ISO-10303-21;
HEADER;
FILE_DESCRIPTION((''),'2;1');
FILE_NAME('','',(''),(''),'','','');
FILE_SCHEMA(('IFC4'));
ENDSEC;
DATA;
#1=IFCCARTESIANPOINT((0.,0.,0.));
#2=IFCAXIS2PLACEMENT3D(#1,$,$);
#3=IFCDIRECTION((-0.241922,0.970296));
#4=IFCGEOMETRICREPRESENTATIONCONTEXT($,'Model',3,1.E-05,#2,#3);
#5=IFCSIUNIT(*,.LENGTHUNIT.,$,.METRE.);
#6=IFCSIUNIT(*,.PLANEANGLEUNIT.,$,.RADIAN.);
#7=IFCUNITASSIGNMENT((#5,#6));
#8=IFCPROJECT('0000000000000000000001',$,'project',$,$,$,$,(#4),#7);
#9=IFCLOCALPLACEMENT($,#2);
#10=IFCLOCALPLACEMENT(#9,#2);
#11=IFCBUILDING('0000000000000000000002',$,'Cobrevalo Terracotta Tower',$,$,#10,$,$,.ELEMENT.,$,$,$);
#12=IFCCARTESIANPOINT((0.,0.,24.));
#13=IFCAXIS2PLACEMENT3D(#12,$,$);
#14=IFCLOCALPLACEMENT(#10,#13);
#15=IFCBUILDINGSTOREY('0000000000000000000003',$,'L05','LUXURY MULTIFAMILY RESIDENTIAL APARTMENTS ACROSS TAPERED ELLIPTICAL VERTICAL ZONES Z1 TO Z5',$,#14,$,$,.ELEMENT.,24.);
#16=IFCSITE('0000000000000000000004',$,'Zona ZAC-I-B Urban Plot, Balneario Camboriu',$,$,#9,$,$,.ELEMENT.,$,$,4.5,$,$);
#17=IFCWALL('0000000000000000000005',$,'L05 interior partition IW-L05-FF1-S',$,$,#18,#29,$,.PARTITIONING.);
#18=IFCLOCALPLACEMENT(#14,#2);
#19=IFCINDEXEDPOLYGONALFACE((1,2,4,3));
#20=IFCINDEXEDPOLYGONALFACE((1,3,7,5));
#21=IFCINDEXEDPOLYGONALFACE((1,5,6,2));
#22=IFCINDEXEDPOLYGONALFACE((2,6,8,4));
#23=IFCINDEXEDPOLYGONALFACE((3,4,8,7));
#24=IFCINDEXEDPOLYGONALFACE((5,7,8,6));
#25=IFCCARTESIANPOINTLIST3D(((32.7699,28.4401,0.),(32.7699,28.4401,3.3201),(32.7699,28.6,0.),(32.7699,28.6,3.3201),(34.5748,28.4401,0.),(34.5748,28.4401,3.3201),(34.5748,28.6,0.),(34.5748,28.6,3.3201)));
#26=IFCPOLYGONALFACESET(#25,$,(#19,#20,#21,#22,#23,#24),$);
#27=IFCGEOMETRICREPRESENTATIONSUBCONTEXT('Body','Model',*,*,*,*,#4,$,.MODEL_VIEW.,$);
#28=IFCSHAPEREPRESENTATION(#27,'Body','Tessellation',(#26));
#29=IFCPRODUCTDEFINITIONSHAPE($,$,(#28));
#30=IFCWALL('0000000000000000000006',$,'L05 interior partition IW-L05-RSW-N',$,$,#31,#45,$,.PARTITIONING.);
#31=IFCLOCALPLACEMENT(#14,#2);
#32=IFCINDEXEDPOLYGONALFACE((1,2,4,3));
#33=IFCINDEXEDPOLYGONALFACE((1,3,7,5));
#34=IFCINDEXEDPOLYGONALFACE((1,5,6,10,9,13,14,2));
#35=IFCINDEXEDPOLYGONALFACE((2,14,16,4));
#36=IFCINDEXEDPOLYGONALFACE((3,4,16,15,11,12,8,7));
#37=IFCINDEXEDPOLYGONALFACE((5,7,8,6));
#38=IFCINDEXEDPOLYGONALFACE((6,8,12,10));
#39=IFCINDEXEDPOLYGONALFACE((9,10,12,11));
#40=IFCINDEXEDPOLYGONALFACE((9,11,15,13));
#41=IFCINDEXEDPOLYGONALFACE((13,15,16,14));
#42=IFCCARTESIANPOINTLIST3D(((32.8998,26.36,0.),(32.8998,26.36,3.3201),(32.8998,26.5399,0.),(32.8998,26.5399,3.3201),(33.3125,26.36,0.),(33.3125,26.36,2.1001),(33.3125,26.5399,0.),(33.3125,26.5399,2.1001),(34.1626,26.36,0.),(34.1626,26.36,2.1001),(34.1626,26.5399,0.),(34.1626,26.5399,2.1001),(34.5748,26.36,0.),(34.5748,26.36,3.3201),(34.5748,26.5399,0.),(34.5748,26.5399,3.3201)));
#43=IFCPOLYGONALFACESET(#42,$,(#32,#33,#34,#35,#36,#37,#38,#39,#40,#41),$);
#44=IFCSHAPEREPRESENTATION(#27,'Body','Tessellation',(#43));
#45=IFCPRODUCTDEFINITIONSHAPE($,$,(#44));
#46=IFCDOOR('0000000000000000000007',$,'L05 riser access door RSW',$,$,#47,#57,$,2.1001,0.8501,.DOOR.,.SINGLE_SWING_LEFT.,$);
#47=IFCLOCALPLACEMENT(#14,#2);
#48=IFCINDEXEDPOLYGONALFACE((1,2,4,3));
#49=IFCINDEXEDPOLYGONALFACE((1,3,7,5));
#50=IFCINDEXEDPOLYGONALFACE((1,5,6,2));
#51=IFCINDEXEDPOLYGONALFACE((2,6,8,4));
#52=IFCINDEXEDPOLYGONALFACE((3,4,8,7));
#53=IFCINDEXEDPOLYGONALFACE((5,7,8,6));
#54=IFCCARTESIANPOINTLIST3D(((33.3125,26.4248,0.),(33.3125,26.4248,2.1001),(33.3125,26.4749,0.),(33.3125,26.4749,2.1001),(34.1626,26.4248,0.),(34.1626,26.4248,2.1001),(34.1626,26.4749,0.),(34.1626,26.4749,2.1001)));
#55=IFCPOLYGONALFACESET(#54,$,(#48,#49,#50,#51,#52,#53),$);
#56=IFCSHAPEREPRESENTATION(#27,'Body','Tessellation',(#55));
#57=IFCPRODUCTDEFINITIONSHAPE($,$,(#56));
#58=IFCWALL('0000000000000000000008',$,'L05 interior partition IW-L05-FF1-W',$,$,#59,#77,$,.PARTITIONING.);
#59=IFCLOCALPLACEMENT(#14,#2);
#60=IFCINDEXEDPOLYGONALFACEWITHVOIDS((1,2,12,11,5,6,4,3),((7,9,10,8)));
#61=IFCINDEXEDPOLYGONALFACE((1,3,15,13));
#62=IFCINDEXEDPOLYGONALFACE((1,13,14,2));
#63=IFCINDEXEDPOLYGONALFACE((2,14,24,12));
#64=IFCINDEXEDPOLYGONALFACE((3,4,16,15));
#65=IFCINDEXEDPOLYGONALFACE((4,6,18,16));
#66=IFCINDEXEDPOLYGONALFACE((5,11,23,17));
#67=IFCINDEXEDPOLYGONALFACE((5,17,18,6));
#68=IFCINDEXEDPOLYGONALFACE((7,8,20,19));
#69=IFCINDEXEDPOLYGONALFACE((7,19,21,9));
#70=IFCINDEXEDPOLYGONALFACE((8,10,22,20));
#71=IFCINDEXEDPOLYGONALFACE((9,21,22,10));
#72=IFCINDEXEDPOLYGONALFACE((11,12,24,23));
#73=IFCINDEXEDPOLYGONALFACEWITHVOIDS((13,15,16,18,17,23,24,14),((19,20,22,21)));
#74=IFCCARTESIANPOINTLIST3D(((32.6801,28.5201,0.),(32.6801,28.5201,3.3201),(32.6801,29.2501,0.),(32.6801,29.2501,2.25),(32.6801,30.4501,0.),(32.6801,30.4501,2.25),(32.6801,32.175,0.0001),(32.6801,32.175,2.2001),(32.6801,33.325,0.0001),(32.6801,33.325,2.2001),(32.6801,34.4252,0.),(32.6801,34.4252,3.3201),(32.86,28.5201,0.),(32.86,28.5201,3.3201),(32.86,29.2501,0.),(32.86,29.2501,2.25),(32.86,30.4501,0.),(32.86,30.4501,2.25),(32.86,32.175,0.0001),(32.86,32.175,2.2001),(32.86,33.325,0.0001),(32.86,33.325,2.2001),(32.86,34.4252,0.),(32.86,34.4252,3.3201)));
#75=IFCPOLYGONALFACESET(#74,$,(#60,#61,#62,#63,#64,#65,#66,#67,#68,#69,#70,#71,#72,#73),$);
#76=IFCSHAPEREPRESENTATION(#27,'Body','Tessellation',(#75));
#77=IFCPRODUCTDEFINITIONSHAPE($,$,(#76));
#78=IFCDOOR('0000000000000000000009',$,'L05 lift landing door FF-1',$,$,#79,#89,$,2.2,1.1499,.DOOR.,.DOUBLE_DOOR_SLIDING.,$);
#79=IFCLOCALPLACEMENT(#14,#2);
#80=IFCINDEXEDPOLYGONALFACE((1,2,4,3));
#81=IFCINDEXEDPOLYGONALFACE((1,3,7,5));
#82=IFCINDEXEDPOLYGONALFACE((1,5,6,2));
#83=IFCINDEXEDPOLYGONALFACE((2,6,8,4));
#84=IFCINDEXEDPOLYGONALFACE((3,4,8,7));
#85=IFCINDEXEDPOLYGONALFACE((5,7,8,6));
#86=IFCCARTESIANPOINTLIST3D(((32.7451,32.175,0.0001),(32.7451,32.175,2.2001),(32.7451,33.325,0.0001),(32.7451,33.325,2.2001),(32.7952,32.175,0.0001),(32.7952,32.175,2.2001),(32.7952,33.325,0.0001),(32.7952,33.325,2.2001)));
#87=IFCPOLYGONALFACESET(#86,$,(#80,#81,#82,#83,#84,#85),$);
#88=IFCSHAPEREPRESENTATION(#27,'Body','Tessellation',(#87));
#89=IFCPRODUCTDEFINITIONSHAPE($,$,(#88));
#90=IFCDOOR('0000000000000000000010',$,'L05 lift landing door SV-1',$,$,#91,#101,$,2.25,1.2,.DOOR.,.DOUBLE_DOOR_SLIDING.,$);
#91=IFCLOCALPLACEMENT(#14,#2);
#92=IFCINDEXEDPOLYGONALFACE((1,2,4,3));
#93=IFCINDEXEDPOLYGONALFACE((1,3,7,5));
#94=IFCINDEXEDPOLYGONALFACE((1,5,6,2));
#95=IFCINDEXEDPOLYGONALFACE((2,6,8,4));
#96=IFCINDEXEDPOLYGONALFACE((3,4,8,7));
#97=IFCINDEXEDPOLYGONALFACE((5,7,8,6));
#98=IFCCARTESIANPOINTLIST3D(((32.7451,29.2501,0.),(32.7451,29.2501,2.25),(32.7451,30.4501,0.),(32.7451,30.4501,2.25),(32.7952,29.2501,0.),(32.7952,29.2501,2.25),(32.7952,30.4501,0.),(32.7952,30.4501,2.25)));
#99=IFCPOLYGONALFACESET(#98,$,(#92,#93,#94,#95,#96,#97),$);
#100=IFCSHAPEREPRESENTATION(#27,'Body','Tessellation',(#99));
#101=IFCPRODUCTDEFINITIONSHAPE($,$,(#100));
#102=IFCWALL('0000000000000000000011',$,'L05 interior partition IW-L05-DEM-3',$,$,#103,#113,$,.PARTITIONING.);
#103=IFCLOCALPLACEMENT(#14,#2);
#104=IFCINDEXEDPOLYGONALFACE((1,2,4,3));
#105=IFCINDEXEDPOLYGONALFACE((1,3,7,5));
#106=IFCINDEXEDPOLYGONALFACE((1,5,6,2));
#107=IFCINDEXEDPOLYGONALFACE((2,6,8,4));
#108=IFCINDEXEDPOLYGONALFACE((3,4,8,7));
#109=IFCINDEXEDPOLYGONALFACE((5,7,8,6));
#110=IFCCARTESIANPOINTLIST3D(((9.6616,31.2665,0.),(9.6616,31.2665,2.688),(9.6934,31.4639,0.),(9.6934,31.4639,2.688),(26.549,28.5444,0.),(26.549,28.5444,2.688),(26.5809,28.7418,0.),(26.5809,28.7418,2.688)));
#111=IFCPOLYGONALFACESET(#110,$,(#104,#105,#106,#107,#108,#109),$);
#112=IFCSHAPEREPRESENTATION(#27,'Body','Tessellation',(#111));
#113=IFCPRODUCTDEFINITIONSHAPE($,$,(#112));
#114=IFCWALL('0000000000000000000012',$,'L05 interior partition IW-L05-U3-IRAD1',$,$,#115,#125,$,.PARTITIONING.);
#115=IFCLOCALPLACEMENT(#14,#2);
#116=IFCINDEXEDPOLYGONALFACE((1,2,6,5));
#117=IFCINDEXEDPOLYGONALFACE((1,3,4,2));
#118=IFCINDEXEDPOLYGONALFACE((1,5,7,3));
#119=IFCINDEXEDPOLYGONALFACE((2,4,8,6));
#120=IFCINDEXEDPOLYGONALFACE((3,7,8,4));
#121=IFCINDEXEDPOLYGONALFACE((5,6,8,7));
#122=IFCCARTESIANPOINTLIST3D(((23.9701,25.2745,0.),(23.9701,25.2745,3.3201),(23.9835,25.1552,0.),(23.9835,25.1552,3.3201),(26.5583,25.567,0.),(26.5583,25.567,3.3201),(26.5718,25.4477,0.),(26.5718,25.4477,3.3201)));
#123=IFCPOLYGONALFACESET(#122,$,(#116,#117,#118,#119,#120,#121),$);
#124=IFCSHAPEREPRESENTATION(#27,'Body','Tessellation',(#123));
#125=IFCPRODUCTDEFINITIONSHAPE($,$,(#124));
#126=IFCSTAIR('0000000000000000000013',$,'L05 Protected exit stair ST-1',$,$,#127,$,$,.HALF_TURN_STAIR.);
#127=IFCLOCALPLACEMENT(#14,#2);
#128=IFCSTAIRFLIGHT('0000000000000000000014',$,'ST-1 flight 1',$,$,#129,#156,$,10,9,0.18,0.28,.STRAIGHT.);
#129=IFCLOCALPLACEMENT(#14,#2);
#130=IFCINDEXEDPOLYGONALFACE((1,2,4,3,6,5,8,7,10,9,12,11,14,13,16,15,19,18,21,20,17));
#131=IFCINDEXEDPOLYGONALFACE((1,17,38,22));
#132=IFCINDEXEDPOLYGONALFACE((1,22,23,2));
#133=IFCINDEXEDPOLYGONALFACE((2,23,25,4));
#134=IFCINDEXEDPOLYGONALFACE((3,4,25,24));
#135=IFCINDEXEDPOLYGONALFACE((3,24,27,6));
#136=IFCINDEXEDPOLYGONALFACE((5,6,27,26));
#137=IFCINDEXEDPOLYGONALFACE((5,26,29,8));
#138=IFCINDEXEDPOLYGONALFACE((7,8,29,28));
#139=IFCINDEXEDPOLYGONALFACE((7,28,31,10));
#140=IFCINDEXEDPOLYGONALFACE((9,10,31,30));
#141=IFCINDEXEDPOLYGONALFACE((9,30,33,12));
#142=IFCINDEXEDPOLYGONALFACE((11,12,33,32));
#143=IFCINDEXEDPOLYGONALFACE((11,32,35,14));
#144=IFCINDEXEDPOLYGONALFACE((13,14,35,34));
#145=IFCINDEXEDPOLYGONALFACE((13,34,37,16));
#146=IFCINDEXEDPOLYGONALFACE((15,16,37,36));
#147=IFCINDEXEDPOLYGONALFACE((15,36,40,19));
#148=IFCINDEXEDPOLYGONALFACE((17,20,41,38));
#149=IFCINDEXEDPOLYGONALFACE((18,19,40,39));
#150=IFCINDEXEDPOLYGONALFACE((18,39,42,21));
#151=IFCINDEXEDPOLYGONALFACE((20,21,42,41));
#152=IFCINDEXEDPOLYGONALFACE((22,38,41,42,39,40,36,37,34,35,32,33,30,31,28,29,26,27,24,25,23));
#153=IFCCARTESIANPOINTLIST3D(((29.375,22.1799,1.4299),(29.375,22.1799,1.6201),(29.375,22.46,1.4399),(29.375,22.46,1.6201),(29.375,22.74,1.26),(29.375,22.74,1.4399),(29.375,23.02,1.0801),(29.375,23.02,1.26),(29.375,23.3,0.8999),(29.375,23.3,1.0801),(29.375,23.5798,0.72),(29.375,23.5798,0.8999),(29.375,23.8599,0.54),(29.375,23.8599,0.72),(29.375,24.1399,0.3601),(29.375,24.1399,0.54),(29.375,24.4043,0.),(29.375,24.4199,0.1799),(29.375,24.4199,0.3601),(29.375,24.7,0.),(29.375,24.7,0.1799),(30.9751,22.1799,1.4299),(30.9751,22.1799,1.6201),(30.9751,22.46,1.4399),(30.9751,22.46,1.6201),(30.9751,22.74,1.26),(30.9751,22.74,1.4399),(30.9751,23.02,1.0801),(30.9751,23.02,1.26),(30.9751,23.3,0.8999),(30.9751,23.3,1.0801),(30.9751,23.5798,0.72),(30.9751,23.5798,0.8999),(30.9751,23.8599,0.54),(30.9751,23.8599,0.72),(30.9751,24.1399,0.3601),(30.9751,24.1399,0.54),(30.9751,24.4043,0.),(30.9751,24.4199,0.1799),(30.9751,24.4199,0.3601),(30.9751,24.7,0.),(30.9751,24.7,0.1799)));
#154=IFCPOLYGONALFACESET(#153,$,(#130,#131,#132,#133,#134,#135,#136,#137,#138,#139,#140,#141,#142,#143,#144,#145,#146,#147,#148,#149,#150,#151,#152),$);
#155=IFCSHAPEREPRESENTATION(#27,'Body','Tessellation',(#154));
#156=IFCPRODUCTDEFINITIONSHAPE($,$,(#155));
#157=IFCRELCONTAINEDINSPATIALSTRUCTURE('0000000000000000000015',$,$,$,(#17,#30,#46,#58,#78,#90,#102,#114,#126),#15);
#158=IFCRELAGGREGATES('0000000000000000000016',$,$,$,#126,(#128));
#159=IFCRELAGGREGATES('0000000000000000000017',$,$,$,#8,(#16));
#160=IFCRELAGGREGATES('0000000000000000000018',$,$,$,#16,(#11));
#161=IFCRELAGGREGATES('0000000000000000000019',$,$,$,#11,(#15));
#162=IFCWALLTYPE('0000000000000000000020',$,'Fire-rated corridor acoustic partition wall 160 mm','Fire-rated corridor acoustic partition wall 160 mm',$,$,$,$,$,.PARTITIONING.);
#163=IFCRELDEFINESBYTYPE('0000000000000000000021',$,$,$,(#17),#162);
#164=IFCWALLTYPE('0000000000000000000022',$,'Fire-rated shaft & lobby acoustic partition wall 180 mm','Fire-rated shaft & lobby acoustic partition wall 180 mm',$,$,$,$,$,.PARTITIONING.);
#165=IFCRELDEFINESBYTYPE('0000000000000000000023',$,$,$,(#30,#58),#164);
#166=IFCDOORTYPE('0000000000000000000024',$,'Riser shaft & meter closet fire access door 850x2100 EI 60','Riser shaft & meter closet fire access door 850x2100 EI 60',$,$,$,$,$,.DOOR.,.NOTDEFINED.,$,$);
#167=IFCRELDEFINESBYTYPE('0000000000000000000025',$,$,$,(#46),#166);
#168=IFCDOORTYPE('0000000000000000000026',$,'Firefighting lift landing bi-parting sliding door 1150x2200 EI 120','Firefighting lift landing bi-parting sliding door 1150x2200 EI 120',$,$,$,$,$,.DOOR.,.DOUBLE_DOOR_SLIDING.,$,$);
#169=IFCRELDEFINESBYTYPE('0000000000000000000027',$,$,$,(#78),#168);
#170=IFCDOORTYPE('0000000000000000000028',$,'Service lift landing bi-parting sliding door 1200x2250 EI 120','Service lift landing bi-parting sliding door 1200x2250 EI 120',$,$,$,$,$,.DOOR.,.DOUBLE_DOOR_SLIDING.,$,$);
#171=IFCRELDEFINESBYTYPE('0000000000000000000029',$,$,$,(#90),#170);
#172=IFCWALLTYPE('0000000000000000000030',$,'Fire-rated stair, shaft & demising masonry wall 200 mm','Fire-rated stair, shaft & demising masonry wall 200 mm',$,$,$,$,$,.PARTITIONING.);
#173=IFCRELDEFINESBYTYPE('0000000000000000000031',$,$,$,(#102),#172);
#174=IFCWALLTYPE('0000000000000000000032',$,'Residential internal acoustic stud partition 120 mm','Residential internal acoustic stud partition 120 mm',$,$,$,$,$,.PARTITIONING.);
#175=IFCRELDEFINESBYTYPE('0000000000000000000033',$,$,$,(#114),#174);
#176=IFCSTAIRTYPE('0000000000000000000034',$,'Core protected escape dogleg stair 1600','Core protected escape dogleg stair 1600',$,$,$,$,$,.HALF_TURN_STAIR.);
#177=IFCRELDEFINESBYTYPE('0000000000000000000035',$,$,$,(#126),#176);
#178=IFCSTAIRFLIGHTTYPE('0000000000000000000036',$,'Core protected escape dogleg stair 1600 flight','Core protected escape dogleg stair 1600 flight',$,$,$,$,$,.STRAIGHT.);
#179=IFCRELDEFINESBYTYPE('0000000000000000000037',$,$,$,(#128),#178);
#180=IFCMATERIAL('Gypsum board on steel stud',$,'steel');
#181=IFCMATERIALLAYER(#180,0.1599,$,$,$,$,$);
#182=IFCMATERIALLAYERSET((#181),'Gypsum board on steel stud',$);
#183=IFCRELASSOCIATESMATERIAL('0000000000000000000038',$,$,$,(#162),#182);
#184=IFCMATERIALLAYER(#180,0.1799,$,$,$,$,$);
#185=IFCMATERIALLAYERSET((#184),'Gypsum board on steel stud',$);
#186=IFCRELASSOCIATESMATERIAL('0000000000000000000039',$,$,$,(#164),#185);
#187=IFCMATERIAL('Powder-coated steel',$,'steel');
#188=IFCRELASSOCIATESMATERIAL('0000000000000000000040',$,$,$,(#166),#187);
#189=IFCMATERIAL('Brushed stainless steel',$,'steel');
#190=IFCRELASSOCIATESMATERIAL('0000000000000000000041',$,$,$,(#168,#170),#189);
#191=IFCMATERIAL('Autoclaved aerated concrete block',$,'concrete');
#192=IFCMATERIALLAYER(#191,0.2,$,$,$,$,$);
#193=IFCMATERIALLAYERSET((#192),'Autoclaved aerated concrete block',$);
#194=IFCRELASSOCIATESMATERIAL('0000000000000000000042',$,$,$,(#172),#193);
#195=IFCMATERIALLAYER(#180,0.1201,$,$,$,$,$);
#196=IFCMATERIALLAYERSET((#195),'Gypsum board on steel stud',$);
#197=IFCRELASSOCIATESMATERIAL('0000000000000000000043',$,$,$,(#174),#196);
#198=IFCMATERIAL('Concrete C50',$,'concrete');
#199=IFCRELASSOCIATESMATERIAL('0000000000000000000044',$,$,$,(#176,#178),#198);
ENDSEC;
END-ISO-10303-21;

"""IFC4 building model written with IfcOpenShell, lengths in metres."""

from ifc_helpers import new_model, si_unit, direction, frame, frame_2d, origin, place, context, subcontext, project, spatial, polyline, rectangle, outline, extrude, source, transform, mapped, material, layer, layer_set, type_object, element, fill, aggregate, save


model = new_model("IFC4")

# Units and contexts
model_context = context("Model", 3, precision=1e-05, world=origin(), true_north=direction((-0.241922, 0.970296)))
body_context = subcontext(model_context, "Body", "Model", "MODEL_VIEW")
ifc_project = project(units=[si_unit("LENGTHUNIT", "METRE"), si_unit("PLANEANGLEUNIT", "RADIAN")], contexts=[model_context])

# Site, building, storey
site_placement = place(None, origin())
site = spatial("IfcSite", under=ifc_project, at=site_placement, Name="Zona ZAC-I-B Urban Plot, Balneario Camboriu", CompositionType="ELEMENT", RefElevation=4.5)
building_placement = place(site_placement, origin())
building = spatial("IfcBuilding", under=site, at=building_placement, Name="Cobrevalo Terracotta Tower", CompositionType="ELEMENT")
storey_placement = place(building_placement, frame((0.0, 0.0, 24.0)))
storey = spatial("IfcBuildingStorey", under=building, at=storey_placement, Name="L05", Description="LUXURY MULTIFAMILY RESIDENTIAL APARTMENTS ACROSS TAPERED ELLIPTICAL VERTICAL ZONES Z1 TO Z5", CompositionType="ELEMENT", Elevation=24.0)

# Wall
ifc_material_1 = material(Name="Gypsum board on steel stud", Category="steel")
ifc_layer_1 = layer(ifc_material_1, 0.1599)
ifc_layer_set_1 = layer_set([ifc_layer_1], Name="Gypsum board on steel stud")
wall_type_1 = type_object("IfcWallType", Name="Fire-rated corridor acoustic partition wall 160 mm", Description="Fire-rated corridor acoustic partition wall 160 mm", PredefinedType="PARTITIONING", material=ifc_layer_set_1)
wall_1_placement = place(storey_placement, frame((32.77, 28.52, 0.0), z_axis=(0.0, 0.0, 1.0), x_axis=(1.0, 0.0, 0.0)))
element("IfcWall", 1, at=wall_1_placement, inside=storey, type_object=wall_type_1, Name="L05 interior partition IW-L05-FF1-S", PredefinedType="PARTITIONING", context=body_context, shape_type="SweptSolid", body=[
    extrude(rectangle(XDim=1.8049, YDim=0.1599, at=frame_2d((0.9023, 0.0))), origin(), (0.0, 0.0, 1.0), 3.3201),
])

# Wall, opening, door
ifc_layer_2 = layer(ifc_material_1, 0.1799)
ifc_layer_set_2 = layer_set([ifc_layer_2], Name="Gypsum board on steel stud")
wall_type_2 = type_object("IfcWallType", Name="Fire-rated shaft & lobby acoustic partition wall 180 mm", Description="Fire-rated shaft & lobby acoustic partition wall 180 mm", PredefinedType="PARTITIONING", material=ifc_layer_set_2)
wall_2_placement = place(storey_placement, frame((32.8999, 26.45, 0.0), z_axis=(0.0, 0.0, 1.0), x_axis=(1.0, 0.0, 0.0)))
wall_2 = element("IfcWall", 2, at=wall_2_placement, inside=storey, type_object=wall_type_2, Name="L05 interior partition IW-L05-RSW-N", PredefinedType="PARTITIONING", context=body_context, shape_type="SweptSolid", body=[
    extrude(rectangle(XDim=1.675, YDim=0.1799, at=frame_2d((0.8374, 0.0))), origin(), (0.0, 0.0, 1.0), 3.3201),
])
opening_1_placement = place(wall_2_placement, frame((0.4126, 0.0, 0.0)))
opening_1 = element("IfcOpeningElement", 3, at=opening_1_placement, cuts=wall_2, PredefinedType="OPENING", context=body_context, shape_type="SweptSolid", body=[
    extrude(rectangle(XDim=0.8501, YDim=2.1001, at=frame_2d((0.425, 1.05))), frame((0.0, 0.1001, 0.0), z_axis=(0.0, -1.0, 0.0), x_axis=(1.0, 0.0, 0.0)), (0.0, 0.0, 1.0), 0.2),
])
ifc_material_2 = material(Name="Powder-coated steel", Category="steel")
door_type_1 = type_object("IfcDoorType", Name="Riser shaft & meter closet fire access door 850x2100 EI 60", Description="Riser shaft & meter closet fire access door 850x2100 EI 60", OperationType="NOTDEFINED", PredefinedType="DOOR", material=ifc_material_2)
shared_shape_1 = source(origin(), body_context, "Body", "SweptSolid", [
    extrude(rectangle(XDim=0.8501, YDim=2.1001, at=frame_2d((0.425, 1.05))), frame((0.0, 0.0249, 0.0), z_axis=(0.0, -1.0, 0.0), x_axis=(1.0, 0.0, 0.0)), (0.0, 0.0, 1.0), 0.05),
])
door_1_placement = place(opening_1_placement, origin())
door_1 = element("IfcDoor", 4, at=door_1_placement, inside=storey, type_object=door_type_1, Name="L05 riser access door RSW", OperationType="SINGLE_SWING_LEFT", OverallHeight=2.1001, OverallWidth=0.8501, PredefinedType="DOOR", context=body_context, shape_type="MappedRepresentation", body=[
    mapped(shared_shape_1, transform((0.0, 0.0, 0.0), scale=1.0)),
])
fill(opening_1, door_1)

# Wall, openings, doors
wall_3_placement = place(storey_placement, frame((32.77, 28.52, 0.0), z_axis=(0.0, 0.0, 1.0), x_axis=(0.0, 1.0, 0.0)))
wall_3 = element("IfcWall", 5, at=wall_3_placement, inside=storey, type_object=wall_type_2, Name="L05 interior partition IW-L05-FF1-W", PredefinedType="PARTITIONING", context=body_context, shape_type="SweptSolid", body=[
    extrude(rectangle(XDim=5.905, YDim=0.1799, at=frame_2d((2.9526, 0.0))), origin(), (0.0, 0.0, 1.0), 3.3201),
])
opening_2_placement = place(wall_3_placement, frame((3.655, 0.0, 0.0)))
opening_2 = element("IfcOpeningElement", 6, at=opening_2_placement, cuts=wall_3, PredefinedType="OPENING", context=body_context, shape_type="SweptSolid", body=[
    extrude(rectangle(XDim=1.1499, YDim=2.2, at=frame_2d((0.575, 1.1001))), frame((0.0, 0.1001, 0.0), z_axis=(0.0, -1.0, 0.0), x_axis=(1.0, 0.0, 0.0)), (0.0, 0.0, 1.0), 0.2),
])
opening_3_placement = place(wall_3_placement, frame((0.73, 0.0, 0.0)))
opening_3 = element("IfcOpeningElement", 7, at=opening_3_placement, cuts=wall_3, PredefinedType="OPENING", context=body_context, shape_type="SweptSolid", body=[
    extrude(rectangle(XDim=1.2, YDim=2.25, at=frame_2d((0.6001, 1.125))), frame((0.0, 0.1001, 0.0), z_axis=(0.0, -1.0, 0.0), x_axis=(1.0, 0.0, 0.0)), (0.0, 0.0, 1.0), 0.2),
])
ifc_material_3 = material(Name="Brushed stainless steel", Category="steel")
door_type_2 = type_object("IfcDoorType", Name="Firefighting lift landing bi-parting sliding door 1150x2200 EI 120", Description="Firefighting lift landing bi-parting sliding door 1150x2200 EI 120", OperationType="DOUBLE_DOOR_SLIDING", PredefinedType="DOOR", material=ifc_material_3)
shared_shape_2 = source(origin(), body_context, "Body", "SweptSolid", [
    extrude(rectangle(XDim=1.1499, YDim=2.2, at=frame_2d((0.575, 1.1001))), frame((0.0, 0.0249, 0.0), z_axis=(0.0, -1.0, 0.0), x_axis=(1.0, 0.0, 0.0)), (0.0, 0.0, 1.0), 0.05),
])
door_2_placement = place(opening_2_placement, origin())
door_2 = element("IfcDoor", 8, at=door_2_placement, inside=storey, type_object=door_type_2, Name="L05 lift landing door FF-1", OperationType="DOUBLE_DOOR_SLIDING", OverallHeight=2.2, OverallWidth=1.1499, PredefinedType="DOOR", context=body_context, shape_type="MappedRepresentation", body=[
    mapped(shared_shape_2, transform((0.0, 0.0, 0.0), scale=1.0)),
])
fill(opening_2, door_2)
door_type_3 = type_object("IfcDoorType", Name="Service lift landing bi-parting sliding door 1200x2250 EI 120", Description="Service lift landing bi-parting sliding door 1200x2250 EI 120", OperationType="DOUBLE_DOOR_SLIDING", PredefinedType="DOOR", material=ifc_material_3)
shared_shape_3 = source(origin(), body_context, "Body", "SweptSolid", [
    extrude(rectangle(XDim=1.2, YDim=2.25, at=frame_2d((0.6001, 1.125))), frame((0.0, 0.0249, 0.0), z_axis=(0.0, -1.0, 0.0), x_axis=(1.0, 0.0, 0.0)), (0.0, 0.0, 1.0), 0.05),
])
door_3_placement = place(opening_3_placement, origin())
door_3 = element("IfcDoor", 9, at=door_3_placement, inside=storey, type_object=door_type_3, Name="L05 lift landing door SV-1", OperationType="DOUBLE_DOOR_SLIDING", OverallHeight=2.25, OverallWidth=1.2, PredefinedType="DOOR", context=body_context, shape_type="MappedRepresentation", body=[
    mapped(shared_shape_3, transform((0.0, 0.0, 0.0), scale=1.0)),
])
fill(opening_3, door_3)

# Walls
ifc_material_4 = material(Name="Autoclaved aerated concrete block", Category="concrete")
ifc_layer_3 = layer(ifc_material_4, 0.2)
ifc_layer_set_3 = layer_set([ifc_layer_3], Name="Autoclaved aerated concrete block")
wall_type_3 = type_object("IfcWallType", Name="Fire-rated stair, shaft & demising masonry wall 200 mm", Description="Fire-rated stair, shaft & demising masonry wall 200 mm", PredefinedType="PARTITIONING", material=ifc_layer_set_3)
wall_4_placement = place(storey_placement, frame((26.5649, 28.6431, 0.0), z_axis=(0.0, 0.0, 1.0), x_axis=(-0.987256, 0.15914, 0.0)))
element("IfcWall", 10, at=wall_4_placement, inside=storey, type_object=wall_type_3, Name="L05 interior partition IW-L05-DEM-3", PredefinedType="PARTITIONING", context=body_context, shape_type="SweptSolid", body=[
    extrude(rectangle(XDim=17.1055, YDim=0.2, at=frame_2d((8.5527, 0.0))), origin(), (0.0, 0.0, 1.0), 2.688),
])
ifc_layer_4 = layer(ifc_material_1, 0.1201)
ifc_layer_set_4 = layer_set([ifc_layer_4], Name="Gypsum board on steel stud")
wall_type_4 = type_object("IfcWallType", Name="Residential internal acoustic stud partition 120 mm", Description="Residential internal acoustic stud partition 120 mm", PredefinedType="PARTITIONING", material=ifc_layer_set_4)
wall_5_placement = place(storey_placement, frame((26.5649, 25.5073, 0.0), z_axis=(0.0, 0.0, 1.0), x_axis=(-0.993676, -0.112283, 0.0)))
element("IfcWall", 11, at=wall_5_placement, inside=storey, type_object=wall_type_4, Name="L05 interior partition IW-L05-U3-IRAD1", PredefinedType="PARTITIONING", context=body_context, shape_type="SweptSolid", body=[
    extrude(rectangle(XDim=2.6047, YDim=0.1201, at=frame_2d((1.3022, 0.0))), origin(), (0.0, 0.0, 1.0), 3.3201),
])

# Shared definitions
ifc_material_5 = material(Name="Concrete C50", Category="concrete")

# Stair, stair flight
stair_type = type_object("IfcStairType", Name="Core protected escape dogleg stair 1600", Description="Core protected escape dogleg stair 1600", PredefinedType="HALF_TURN_STAIR", material=ifc_material_5)
stair_placement = place(storey_placement, origin())
stair = element("IfcStair", 12, at=stair_placement, inside=storey, type_object=stair_type, Name="L05 Protected exit stair ST-1", PredefinedType="HALF_TURN_STAIR")
stair_flight_type = type_object("IfcStairFlightType", Name="Core protected escape dogleg stair 1600 flight", Description="Core protected escape dogleg stair 1600 flight", PredefinedType="STRAIGHT", material=ifc_material_5)
stair_flight_1_placement = place(storey_placement, frame((30.175, 24.7, 0.0), z_axis=(0.0, 0.0, 1.0), x_axis=(0.0, -1.0, 0.0)))
stair_flight_1 = element("IfcStairFlight", 13, at=stair_flight_1_placement, type_object=stair_flight_type, Name="ST-1 flight 1", NumberOfRisers=10, NumberOfTreads=9, PredefinedType="STRAIGHT", RiserHeight=0.18, TreadLength=0.28, context=body_context, shape_type="SweptSolid", body=[
    extrude(outline(polyline([(0.0, 0.0), (0.0, 0.1799), (0.28, 0.1799), (0.28, 0.3601), (0.5601, 0.3601), (0.5601, 0.54), (0.8401, 0.54), (0.8401, 0.72), (1.1201, 0.72), (1.1201, 0.8999), (1.3999, 0.8999), (1.3999, 1.0801), (1.6799, 1.0801), (1.6799, 1.26), (1.96, 1.26), (1.96, 1.4399), (2.24, 1.4399), (2.24, 1.6201), (2.52, 1.6201), (2.52, 1.8), (2.52, 1.4299), (0.2957, 0.0), (0.0, 0.0)])), frame((0.0, 0.8, 0.0), z_axis=(0.0, -1.0, 0.0), x_axis=(1.0, 0.0, 0.0)), (0.0, 0.0, 1.0), 1.6001),
])
aggregate(stair, [stair_flight_1])

save(model, "model.ifc")
